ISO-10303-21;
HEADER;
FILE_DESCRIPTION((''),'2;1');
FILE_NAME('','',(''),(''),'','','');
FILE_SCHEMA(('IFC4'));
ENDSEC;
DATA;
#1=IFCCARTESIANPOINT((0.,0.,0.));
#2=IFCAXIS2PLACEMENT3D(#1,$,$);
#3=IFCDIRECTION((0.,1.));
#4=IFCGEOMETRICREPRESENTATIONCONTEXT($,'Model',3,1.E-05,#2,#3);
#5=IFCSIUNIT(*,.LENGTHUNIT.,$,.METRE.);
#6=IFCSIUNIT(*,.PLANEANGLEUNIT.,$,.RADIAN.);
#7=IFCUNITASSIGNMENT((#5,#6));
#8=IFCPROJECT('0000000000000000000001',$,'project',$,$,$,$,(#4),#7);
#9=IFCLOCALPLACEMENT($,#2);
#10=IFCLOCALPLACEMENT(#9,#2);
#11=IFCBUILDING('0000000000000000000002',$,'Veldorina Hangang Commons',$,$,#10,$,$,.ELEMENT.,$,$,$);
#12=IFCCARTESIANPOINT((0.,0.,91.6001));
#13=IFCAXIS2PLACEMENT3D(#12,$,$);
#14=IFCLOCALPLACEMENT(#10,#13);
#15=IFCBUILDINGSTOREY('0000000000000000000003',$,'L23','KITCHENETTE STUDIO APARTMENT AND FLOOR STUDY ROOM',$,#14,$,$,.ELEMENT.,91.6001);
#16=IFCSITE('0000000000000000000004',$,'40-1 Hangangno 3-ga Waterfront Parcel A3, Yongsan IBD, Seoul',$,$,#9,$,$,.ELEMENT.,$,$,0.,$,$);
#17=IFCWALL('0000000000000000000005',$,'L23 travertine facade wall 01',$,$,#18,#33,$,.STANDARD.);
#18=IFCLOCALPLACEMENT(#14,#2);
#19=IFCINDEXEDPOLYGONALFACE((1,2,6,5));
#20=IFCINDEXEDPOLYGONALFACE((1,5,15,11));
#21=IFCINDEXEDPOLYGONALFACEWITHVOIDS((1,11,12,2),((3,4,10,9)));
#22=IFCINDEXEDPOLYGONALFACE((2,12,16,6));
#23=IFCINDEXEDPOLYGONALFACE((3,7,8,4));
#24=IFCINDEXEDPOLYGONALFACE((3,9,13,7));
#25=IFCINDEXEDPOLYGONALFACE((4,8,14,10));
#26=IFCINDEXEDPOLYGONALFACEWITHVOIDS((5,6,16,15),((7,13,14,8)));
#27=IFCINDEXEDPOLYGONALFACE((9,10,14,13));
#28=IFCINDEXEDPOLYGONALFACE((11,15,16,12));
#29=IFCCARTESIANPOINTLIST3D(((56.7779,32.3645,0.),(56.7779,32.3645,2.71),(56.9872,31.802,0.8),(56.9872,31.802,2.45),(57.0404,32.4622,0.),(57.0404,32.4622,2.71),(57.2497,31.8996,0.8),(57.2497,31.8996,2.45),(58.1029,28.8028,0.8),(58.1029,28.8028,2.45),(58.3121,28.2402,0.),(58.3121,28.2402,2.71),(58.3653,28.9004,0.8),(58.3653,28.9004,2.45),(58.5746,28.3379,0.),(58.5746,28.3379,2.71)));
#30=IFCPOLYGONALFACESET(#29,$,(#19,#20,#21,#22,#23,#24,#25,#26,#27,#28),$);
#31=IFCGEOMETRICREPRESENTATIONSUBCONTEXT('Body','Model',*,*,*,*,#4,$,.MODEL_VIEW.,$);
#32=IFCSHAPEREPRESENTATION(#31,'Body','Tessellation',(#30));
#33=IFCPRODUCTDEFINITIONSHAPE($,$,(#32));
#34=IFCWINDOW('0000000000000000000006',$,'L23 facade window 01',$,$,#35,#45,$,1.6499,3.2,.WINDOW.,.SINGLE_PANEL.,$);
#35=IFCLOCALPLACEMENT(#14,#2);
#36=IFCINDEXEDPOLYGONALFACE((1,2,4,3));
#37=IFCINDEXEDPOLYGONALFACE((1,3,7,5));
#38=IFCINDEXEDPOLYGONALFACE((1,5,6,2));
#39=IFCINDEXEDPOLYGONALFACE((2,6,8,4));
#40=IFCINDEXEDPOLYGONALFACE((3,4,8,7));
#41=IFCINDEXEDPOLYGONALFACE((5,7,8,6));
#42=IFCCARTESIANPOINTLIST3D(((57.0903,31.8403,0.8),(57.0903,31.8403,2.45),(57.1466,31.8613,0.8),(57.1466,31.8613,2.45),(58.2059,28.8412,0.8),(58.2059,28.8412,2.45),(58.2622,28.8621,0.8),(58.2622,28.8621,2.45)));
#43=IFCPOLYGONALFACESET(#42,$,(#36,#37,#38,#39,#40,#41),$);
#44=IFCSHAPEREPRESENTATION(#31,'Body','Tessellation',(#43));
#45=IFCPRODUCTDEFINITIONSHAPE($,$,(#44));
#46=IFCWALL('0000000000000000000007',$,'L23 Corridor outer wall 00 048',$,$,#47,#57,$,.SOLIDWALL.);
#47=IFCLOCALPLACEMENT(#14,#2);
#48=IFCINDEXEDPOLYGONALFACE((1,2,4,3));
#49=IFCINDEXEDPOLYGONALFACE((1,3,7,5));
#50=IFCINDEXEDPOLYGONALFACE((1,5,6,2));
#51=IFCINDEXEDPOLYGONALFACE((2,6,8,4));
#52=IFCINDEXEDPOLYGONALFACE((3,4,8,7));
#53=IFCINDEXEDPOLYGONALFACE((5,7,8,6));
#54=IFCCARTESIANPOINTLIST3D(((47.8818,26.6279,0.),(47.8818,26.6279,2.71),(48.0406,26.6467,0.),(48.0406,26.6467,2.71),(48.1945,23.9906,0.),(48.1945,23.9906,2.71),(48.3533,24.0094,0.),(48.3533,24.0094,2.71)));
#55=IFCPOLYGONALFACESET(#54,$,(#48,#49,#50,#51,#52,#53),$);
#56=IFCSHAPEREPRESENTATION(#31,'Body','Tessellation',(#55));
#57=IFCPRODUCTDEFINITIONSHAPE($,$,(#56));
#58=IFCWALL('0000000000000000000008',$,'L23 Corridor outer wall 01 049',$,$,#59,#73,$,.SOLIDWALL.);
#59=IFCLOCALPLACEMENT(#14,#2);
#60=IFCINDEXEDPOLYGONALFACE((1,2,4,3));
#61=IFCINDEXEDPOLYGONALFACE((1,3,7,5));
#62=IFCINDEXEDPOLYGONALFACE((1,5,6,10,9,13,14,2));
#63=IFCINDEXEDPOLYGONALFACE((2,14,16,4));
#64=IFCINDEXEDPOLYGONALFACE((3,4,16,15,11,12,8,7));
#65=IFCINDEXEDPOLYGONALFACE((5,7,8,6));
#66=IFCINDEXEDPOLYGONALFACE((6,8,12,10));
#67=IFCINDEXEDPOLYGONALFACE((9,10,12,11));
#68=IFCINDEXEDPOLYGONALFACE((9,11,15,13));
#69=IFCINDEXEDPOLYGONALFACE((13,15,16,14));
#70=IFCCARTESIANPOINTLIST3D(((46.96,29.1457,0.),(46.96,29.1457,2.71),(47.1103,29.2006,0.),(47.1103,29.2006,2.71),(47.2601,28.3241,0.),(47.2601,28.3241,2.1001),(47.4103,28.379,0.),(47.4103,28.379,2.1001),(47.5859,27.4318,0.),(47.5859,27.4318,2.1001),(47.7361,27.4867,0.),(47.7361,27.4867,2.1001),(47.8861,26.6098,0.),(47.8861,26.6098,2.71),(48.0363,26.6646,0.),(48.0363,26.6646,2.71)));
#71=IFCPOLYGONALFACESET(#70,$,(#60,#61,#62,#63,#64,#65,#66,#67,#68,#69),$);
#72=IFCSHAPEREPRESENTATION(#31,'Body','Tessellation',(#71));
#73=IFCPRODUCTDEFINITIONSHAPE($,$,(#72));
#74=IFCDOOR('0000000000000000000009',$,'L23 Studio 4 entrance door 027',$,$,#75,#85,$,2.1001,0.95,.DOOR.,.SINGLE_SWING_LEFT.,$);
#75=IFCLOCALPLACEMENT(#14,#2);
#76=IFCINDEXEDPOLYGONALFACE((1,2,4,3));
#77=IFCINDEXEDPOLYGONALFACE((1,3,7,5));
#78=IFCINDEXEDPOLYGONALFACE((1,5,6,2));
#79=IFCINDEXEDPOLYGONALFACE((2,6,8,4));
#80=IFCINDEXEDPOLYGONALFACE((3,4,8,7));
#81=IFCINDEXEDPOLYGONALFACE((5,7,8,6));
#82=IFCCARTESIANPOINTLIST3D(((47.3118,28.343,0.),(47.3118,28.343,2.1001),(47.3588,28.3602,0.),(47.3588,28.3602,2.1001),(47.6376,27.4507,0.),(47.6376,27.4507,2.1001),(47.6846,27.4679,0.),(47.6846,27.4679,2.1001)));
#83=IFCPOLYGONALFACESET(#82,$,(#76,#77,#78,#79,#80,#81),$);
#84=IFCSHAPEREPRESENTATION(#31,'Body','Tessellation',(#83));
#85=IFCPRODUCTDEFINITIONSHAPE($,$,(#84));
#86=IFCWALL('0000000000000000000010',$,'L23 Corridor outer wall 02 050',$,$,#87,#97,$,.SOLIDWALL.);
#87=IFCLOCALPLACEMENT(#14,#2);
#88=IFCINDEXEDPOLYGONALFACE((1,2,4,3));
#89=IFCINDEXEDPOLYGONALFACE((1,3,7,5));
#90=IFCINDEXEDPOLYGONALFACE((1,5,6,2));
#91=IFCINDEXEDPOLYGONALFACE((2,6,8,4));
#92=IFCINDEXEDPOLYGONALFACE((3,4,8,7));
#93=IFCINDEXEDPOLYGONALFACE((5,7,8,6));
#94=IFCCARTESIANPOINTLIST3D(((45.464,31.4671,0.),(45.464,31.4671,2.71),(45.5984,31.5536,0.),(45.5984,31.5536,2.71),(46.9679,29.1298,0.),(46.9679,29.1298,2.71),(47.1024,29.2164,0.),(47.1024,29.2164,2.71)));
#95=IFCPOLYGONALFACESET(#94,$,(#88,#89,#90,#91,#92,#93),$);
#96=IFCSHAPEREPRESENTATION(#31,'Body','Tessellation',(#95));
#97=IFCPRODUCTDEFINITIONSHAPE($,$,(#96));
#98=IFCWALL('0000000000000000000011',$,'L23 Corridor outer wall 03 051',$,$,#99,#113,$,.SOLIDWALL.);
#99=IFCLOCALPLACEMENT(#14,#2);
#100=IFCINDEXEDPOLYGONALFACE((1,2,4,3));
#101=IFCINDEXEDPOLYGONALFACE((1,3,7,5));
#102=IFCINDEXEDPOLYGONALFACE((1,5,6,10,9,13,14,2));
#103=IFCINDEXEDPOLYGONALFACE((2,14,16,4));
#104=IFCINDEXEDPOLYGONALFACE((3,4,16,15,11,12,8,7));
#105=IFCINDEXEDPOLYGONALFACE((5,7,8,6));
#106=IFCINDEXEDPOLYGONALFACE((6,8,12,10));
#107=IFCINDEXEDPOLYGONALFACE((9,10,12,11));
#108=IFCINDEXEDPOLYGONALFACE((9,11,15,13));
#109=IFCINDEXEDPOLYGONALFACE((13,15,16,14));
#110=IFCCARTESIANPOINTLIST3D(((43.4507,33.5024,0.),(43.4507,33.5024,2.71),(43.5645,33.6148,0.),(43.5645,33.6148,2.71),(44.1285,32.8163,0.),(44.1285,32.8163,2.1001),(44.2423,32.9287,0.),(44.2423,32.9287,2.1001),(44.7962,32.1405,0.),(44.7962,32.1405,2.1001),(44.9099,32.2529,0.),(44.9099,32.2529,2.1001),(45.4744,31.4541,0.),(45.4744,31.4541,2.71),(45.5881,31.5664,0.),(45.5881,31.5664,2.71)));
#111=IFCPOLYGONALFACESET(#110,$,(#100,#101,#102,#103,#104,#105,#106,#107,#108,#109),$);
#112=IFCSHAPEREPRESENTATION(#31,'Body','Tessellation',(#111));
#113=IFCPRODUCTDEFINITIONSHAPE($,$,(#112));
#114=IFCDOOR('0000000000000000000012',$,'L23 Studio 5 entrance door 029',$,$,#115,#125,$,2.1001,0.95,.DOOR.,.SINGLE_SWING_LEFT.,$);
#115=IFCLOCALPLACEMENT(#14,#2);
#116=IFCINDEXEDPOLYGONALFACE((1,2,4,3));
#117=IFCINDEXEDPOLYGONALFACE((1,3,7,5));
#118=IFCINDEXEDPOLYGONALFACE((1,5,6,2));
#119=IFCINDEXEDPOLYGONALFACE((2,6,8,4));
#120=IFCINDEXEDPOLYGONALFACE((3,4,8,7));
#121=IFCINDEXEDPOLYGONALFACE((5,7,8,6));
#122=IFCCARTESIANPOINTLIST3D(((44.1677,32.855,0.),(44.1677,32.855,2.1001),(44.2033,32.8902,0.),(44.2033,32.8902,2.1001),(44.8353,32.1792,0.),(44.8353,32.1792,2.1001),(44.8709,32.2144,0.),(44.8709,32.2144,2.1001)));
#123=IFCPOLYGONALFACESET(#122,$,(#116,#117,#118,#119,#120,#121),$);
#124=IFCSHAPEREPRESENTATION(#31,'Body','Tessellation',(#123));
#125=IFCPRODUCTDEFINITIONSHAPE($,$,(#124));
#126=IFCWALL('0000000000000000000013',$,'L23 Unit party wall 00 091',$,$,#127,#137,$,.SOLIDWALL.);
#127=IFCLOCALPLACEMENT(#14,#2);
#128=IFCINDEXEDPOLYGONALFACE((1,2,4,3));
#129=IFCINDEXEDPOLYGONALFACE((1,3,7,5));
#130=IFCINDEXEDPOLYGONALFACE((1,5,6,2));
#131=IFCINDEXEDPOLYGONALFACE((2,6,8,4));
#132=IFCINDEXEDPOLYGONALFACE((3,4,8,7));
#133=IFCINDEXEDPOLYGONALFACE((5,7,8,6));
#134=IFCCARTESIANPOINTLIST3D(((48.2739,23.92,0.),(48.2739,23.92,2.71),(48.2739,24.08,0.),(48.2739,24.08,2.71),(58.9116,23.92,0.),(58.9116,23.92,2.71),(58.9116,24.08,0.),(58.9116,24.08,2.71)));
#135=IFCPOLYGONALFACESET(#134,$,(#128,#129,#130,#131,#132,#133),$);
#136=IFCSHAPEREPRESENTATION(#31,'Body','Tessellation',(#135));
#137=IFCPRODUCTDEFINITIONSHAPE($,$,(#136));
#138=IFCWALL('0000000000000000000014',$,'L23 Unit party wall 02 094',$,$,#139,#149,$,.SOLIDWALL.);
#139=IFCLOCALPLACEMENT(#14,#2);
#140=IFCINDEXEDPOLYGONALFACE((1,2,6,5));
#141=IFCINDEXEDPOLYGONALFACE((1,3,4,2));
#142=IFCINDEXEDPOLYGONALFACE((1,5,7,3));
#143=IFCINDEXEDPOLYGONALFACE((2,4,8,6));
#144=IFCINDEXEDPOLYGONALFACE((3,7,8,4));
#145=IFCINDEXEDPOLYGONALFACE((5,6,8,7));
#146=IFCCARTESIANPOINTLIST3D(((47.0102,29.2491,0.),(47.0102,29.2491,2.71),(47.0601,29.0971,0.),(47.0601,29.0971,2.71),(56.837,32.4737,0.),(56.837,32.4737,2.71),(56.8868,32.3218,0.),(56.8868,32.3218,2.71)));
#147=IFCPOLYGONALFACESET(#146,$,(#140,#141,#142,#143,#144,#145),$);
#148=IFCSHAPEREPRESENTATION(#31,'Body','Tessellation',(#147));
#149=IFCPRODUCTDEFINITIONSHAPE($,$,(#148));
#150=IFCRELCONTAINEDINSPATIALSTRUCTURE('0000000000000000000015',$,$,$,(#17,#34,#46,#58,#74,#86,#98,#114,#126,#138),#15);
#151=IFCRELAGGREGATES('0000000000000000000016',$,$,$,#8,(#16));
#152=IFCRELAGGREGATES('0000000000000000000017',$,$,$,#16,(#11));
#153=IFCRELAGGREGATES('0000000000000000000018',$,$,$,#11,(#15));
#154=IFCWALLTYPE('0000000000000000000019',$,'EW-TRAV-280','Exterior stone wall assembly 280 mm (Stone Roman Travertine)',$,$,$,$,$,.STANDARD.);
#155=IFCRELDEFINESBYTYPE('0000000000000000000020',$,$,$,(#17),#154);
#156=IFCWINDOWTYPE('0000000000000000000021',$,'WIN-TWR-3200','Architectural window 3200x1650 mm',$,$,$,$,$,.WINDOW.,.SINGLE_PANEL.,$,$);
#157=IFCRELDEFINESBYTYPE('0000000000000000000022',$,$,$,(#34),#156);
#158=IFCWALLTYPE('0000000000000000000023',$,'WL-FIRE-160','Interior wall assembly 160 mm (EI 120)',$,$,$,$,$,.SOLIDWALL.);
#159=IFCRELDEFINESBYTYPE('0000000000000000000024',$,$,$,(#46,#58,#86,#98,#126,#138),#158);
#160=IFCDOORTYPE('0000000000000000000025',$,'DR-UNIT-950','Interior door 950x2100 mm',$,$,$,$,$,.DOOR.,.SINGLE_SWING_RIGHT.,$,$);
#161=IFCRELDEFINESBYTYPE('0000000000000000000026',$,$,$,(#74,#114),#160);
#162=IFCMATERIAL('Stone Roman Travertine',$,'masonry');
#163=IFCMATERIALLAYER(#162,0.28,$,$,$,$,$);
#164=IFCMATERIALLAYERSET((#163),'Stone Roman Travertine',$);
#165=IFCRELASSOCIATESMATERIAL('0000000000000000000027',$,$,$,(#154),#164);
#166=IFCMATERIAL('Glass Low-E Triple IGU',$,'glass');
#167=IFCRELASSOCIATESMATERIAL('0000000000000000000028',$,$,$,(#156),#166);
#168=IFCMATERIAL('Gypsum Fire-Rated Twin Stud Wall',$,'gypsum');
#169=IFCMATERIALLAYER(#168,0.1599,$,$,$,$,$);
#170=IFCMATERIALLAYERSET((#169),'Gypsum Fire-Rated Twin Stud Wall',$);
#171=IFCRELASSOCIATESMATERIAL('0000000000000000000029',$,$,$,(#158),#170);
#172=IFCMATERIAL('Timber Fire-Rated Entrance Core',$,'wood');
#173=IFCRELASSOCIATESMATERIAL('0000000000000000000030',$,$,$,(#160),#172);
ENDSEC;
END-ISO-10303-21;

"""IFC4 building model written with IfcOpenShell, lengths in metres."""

from ifc_helpers import new_model, si_unit, direction, frame, frame_2d, origin, place, context, subcontext, project, spatial, rectangle, extrude, material, layer, layer_set, type_object, element, fill, save


model = new_model("IFC4")

# Units and contexts
model_context = context("Model", 3, precision=1e-05, world=origin(), true_north=direction((0.0, 1.0)))
body_context = subcontext(model_context, "Body", "Model", "MODEL_VIEW")
ifc_project = project(units=[si_unit("LENGTHUNIT", "METRE"), si_unit("PLANEANGLEUNIT", "RADIAN")], contexts=[model_context])

# Site, building, storey
site_placement = place(None, origin())
site = spatial("IfcSite", under=ifc_project, at=site_placement, Name="40-1 Hangangno 3-ga Waterfront Parcel A3, Yongsan IBD, Seoul", CompositionType="ELEMENT", RefElevation=0.0)
building_placement = place(site_placement, origin())
building = spatial("IfcBuilding", under=site, at=building_placement, Name="Veldorina Hangang Commons", CompositionType="ELEMENT")
storey_placement = place(building_placement, frame((0.0, 0.0, 91.6001)))
storey = spatial("IfcBuildingStorey", under=building, at=storey_placement, Name="L23", Description="KITCHENETTE STUDIO APARTMENT AND FLOOR STUDY ROOM", CompositionType="ELEMENT", Elevation=91.6001)

# Shared definitions
ifc_material_1 = material(Name="Stone Roman Travertine", Category="masonry")
ifc_layer_1 = layer(ifc_material_1, 0.28)
ifc_layer_set_1 = layer_set([ifc_layer_1], Name="Stone Roman Travertine")
wall_type_1 = type_object("IfcWallType", Name="EW-TRAV-280", Description="Exterior stone wall assembly 280 mm (Stone Roman Travertine)", PredefinedType="STANDARD", material=ifc_layer_set_1)

# Wall, opening, window
wall_1_placement = place(storey_placement, frame((58.4434, 28.2891, 0.0), z_axis=(0.0, 0.0, 1.0), x_axis=(-0.348648, 0.937254, 0.0)))
wall_1 = element("IfcWall", 1, at=wall_1_placement, inside=storey, type_object=wall_type_1, Name="L23 travertine facade wall 01", PredefinedType="STANDARD", context=body_context, shape_type="SweptSolid", body=[
    extrude(rectangle(XDim=4.4004, YDim=0.28, at=frame_2d((2.2002, 0.0))), origin(), (0.0, 0.0, 1.0), 2.71),
])
opening_1_placement = place(wall_1_placement, frame((0.6001, 0.0, 0.8)))
opening_1 = element("IfcOpeningElement", 2, at=opening_1_placement, cuts=wall_1, PredefinedType="OPENING", context=body_context, shape_type="SweptSolid", body=[
    extrude(rectangle(XDim=3.2, YDim=1.6499, at=frame_2d((1.6001, 0.825))), frame((0.0, 0.1499, 0.0), z_axis=(0.0, -1.0, 0.0), x_axis=(1.0, 0.0, 0.0)), (0.0, 0.0, 1.0), 0.3),
])
ifc_material_2 = material(Name="Glass Low-E Triple IGU", Category="glass")
window_type = type_object("IfcWindowType", Name="WIN-TWR-3200", Description="Architectural window 3200x1650 mm", PartitioningType="SINGLE_PANEL", PredefinedType="WINDOW", material=ifc_material_2)
window_placement = place(opening_1_placement, origin())
window = element("IfcWindow", 3, at=window_placement, inside=storey, type_object=window_type, Name="L23 facade window 01", OverallHeight=1.6499, OverallWidth=3.2, PartitioningType="SINGLE_PANEL", PredefinedType="WINDOW", context=body_context, shape_type="SweptSolid", body=[
    extrude(rectangle(XDim=3.2, YDim=1.6499, at=frame_2d((1.6001, 0.825))), frame((0.0, 0.03, 0.0), z_axis=(0.0, -1.0, 0.0), x_axis=(1.0, 0.0, 0.0)), (0.0, 0.0, 1.0), 0.0601),
])
fill(opening_1, window)

# Wall
ifc_material_3 = material(Name="Gypsum Fire-Rated Twin Stud Wall", Category="gypsum")
ifc_layer_2 = layer(ifc_material_3, 0.1599)
ifc_layer_set_2 = layer_set([ifc_layer_2], Name="Gypsum Fire-Rated Twin Stud Wall")
wall_type_2 = type_object("IfcWallType", Name="WL-FIRE-160", Description="Interior wall assembly 160 mm (EI 120)", PredefinedType="SOLIDWALL", material=ifc_layer_set_2)
wall_2_placement = place(storey_placement, frame((48.2739, 24.0, 0.0), z_axis=(0.0, 0.0, 1.0), x_axis=(-0.117764, 0.993042, 0.0)))
element("IfcWall", 4, at=wall_2_placement, inside=storey, type_object=wall_type_2, Name="L23 Corridor outer wall 00 048", PredefinedType="SOLIDWALL", context=body_context, shape_type="SweptSolid", body=[
    extrude(rectangle(XDim=2.6558, YDim=0.1599, at=frame_2d((1.3279, 0.0))), origin(), (0.0, 0.0, 1.0), 2.71),
])

# Wall, opening, door
wall_3_placement = place(storey_placement, frame((47.9612, 26.6372, 0.0), z_axis=(0.0, 0.0, 1.0), x_axis=(-0.343013, 0.93933, 0.0)))
wall_3 = element("IfcWall", 5, at=wall_3_placement, inside=storey, type_object=wall_type_2, Name="L23 Corridor outer wall 01 049", PredefinedType="SOLIDWALL", context=body_context, shape_type="SweptSolid", body=[
    extrude(rectangle(XDim=2.6997, YDim=0.1599, at=frame_2d((1.3499, 0.0))), origin(), (0.0, 0.0, 1.0), 2.71),
])
opening_2_placement = place(wall_3_placement, frame((0.875, 0.0, 0.0)))
opening_2 = element("IfcOpeningElement", 6, at=opening_2_placement, cuts=wall_3, PredefinedType="OPENING", context=body_context, shape_type="SweptSolid", body=[
    extrude(rectangle(XDim=0.95, YDim=2.1001, at=frame_2d((0.4751, 1.05))), frame((0.0, 0.0898, 0.0), z_axis=(0.0, -1.0, 0.0), x_axis=(1.0, 0.0, 0.0)), (0.0, 0.0, 1.0), 0.1799),
])
ifc_material_4 = material(Name="Timber Fire-Rated Entrance Core", Category="wood")
door_type_1 = type_object("IfcDoorType", Name="DR-UNIT-950", Description="Interior door 950x2100 mm", OperationType="SINGLE_SWING_RIGHT", PredefinedType="DOOR", material=ifc_material_4)
door_1_placement = place(opening_2_placement, origin())
door_1 = element("IfcDoor", 7, at=door_1_placement, inside=storey, type_object=door_type_1, Name="L23 Studio 4 entrance door 027", OperationType="SINGLE_SWING_LEFT", OverallHeight=2.1001, OverallWidth=0.95, PredefinedType="DOOR", context=body_context, shape_type="SweptSolid", body=[
    extrude(rectangle(XDim=0.95, YDim=2.1001, at=frame_2d((0.4751, 1.05))), frame((0.0, 0.0249, 0.0), z_axis=(0.0, -1.0, 0.0), x_axis=(1.0, 0.0, 0.0)), (0.0, 0.0, 1.0), 0.05),
])
fill(opening_2, door_1)

# Wall
wall_4_placement = place(storey_placement, frame((47.0352, 29.1731, 0.0), z_axis=(0.0, 0.0, 1.0), x_axis=(-0.541126, 0.840941, 0.0)))
element("IfcWall", 8, at=wall_4_placement, inside=storey, type_object=wall_type_2, Name="L23 Corridor outer wall 02 050", PredefinedType="SOLIDWALL", context=body_context, shape_type="SweptSolid", body=[
    extrude(rectangle(XDim=2.7793, YDim=0.1599, at=frame_2d((1.3896, 0.0))), origin(), (0.0, 0.0, 1.0), 2.71),
])

# Wall, opening, door
wall_5_placement = place(storey_placement, frame((45.5312, 31.5103, 0.0), z_axis=(0.0, 0.0, 1.0), x_axis=(-0.702812, 0.711376, 0.0)))
wall_5 = element("IfcWall", 9, at=wall_5_placement, inside=storey, type_object=wall_type_2, Name="L23 Corridor outer wall 03 051", PredefinedType="SOLIDWALL", context=body_context, shape_type="SweptSolid", body=[
    extrude(rectangle(XDim=2.8794, YDim=0.1599, at=frame_2d((1.4397, 0.0))), origin(), (0.0, 0.0, 1.0), 2.71),
])
opening_3_placement = place(wall_5_placement, frame((0.9648, 0.0, 0.0)))
opening_3 = element("IfcOpeningElement", 10, at=opening_3_placement, cuts=wall_5, PredefinedType="OPENING", context=body_context, shape_type="SweptSolid", body=[
    extrude(rectangle(XDim=0.95, YDim=2.1001, at=frame_2d((0.4751, 1.05))), frame((0.0, 0.0898, 0.0), z_axis=(0.0, -1.0, 0.0), x_axis=(1.0, 0.0, 0.0)), (0.0, 0.0, 1.0), 0.1799),
])
door_2_placement = place(opening_3_placement, origin())
door_2 = element("IfcDoor", 11, at=door_2_placement, inside=storey, type_object=door_type_1, Name="L23 Studio 5 entrance door 029", OperationType="SINGLE_SWING_LEFT", OverallHeight=2.1001, OverallWidth=0.95, PredefinedType="DOOR", context=body_context, shape_type="SweptSolid", body=[
    extrude(rectangle(XDim=0.95, YDim=2.1001, at=frame_2d((0.4751, 1.05))), frame((0.0, 0.0249, 0.0), z_axis=(0.0, -1.0, 0.0), x_axis=(1.0, 0.0, 0.0)), (0.0, 0.0, 1.0), 0.05),
])
fill(opening_3, door_2)

# Walls
wall_6_placement = place(storey_placement, frame((48.2739, 24.0, 0.0), z_axis=(0.0, 0.0, 1.0), x_axis=(1.0, 0.0, 0.0)))
element("IfcWall", 12, at=wall_6_placement, inside=storey, type_object=wall_type_2, Name="L23 Unit party wall 00 091", PredefinedType="SOLIDWALL", context=body_context, shape_type="SweptSolid", body=[
    extrude(rectangle(XDim=10.6377, YDim=0.1599, at=frame_2d((5.3188, 0.0))), origin(), (0.0, 0.0, 1.0), 2.71),
])
wall_7_placement = place(storey_placement, frame((47.0352, 29.1731, 0.0), z_axis=(0.0, 0.0, 1.0), x_axis=(0.950151, 0.311791, 0.0)))
element("IfcWall", 13, at=wall_7_placement, inside=storey, type_object=wall_type_2, Name="L23 Unit party wall 02 094", PredefinedType="SOLIDWALL", context=body_context, shape_type="SweptSolid", body=[
    extrude(rectangle(XDim=10.3423, YDim=0.1599, at=frame_2d((5.1711, 0.0))), origin(), (0.0, 0.0, 1.0), 2.71),
])

save(model, "model.ifc")
